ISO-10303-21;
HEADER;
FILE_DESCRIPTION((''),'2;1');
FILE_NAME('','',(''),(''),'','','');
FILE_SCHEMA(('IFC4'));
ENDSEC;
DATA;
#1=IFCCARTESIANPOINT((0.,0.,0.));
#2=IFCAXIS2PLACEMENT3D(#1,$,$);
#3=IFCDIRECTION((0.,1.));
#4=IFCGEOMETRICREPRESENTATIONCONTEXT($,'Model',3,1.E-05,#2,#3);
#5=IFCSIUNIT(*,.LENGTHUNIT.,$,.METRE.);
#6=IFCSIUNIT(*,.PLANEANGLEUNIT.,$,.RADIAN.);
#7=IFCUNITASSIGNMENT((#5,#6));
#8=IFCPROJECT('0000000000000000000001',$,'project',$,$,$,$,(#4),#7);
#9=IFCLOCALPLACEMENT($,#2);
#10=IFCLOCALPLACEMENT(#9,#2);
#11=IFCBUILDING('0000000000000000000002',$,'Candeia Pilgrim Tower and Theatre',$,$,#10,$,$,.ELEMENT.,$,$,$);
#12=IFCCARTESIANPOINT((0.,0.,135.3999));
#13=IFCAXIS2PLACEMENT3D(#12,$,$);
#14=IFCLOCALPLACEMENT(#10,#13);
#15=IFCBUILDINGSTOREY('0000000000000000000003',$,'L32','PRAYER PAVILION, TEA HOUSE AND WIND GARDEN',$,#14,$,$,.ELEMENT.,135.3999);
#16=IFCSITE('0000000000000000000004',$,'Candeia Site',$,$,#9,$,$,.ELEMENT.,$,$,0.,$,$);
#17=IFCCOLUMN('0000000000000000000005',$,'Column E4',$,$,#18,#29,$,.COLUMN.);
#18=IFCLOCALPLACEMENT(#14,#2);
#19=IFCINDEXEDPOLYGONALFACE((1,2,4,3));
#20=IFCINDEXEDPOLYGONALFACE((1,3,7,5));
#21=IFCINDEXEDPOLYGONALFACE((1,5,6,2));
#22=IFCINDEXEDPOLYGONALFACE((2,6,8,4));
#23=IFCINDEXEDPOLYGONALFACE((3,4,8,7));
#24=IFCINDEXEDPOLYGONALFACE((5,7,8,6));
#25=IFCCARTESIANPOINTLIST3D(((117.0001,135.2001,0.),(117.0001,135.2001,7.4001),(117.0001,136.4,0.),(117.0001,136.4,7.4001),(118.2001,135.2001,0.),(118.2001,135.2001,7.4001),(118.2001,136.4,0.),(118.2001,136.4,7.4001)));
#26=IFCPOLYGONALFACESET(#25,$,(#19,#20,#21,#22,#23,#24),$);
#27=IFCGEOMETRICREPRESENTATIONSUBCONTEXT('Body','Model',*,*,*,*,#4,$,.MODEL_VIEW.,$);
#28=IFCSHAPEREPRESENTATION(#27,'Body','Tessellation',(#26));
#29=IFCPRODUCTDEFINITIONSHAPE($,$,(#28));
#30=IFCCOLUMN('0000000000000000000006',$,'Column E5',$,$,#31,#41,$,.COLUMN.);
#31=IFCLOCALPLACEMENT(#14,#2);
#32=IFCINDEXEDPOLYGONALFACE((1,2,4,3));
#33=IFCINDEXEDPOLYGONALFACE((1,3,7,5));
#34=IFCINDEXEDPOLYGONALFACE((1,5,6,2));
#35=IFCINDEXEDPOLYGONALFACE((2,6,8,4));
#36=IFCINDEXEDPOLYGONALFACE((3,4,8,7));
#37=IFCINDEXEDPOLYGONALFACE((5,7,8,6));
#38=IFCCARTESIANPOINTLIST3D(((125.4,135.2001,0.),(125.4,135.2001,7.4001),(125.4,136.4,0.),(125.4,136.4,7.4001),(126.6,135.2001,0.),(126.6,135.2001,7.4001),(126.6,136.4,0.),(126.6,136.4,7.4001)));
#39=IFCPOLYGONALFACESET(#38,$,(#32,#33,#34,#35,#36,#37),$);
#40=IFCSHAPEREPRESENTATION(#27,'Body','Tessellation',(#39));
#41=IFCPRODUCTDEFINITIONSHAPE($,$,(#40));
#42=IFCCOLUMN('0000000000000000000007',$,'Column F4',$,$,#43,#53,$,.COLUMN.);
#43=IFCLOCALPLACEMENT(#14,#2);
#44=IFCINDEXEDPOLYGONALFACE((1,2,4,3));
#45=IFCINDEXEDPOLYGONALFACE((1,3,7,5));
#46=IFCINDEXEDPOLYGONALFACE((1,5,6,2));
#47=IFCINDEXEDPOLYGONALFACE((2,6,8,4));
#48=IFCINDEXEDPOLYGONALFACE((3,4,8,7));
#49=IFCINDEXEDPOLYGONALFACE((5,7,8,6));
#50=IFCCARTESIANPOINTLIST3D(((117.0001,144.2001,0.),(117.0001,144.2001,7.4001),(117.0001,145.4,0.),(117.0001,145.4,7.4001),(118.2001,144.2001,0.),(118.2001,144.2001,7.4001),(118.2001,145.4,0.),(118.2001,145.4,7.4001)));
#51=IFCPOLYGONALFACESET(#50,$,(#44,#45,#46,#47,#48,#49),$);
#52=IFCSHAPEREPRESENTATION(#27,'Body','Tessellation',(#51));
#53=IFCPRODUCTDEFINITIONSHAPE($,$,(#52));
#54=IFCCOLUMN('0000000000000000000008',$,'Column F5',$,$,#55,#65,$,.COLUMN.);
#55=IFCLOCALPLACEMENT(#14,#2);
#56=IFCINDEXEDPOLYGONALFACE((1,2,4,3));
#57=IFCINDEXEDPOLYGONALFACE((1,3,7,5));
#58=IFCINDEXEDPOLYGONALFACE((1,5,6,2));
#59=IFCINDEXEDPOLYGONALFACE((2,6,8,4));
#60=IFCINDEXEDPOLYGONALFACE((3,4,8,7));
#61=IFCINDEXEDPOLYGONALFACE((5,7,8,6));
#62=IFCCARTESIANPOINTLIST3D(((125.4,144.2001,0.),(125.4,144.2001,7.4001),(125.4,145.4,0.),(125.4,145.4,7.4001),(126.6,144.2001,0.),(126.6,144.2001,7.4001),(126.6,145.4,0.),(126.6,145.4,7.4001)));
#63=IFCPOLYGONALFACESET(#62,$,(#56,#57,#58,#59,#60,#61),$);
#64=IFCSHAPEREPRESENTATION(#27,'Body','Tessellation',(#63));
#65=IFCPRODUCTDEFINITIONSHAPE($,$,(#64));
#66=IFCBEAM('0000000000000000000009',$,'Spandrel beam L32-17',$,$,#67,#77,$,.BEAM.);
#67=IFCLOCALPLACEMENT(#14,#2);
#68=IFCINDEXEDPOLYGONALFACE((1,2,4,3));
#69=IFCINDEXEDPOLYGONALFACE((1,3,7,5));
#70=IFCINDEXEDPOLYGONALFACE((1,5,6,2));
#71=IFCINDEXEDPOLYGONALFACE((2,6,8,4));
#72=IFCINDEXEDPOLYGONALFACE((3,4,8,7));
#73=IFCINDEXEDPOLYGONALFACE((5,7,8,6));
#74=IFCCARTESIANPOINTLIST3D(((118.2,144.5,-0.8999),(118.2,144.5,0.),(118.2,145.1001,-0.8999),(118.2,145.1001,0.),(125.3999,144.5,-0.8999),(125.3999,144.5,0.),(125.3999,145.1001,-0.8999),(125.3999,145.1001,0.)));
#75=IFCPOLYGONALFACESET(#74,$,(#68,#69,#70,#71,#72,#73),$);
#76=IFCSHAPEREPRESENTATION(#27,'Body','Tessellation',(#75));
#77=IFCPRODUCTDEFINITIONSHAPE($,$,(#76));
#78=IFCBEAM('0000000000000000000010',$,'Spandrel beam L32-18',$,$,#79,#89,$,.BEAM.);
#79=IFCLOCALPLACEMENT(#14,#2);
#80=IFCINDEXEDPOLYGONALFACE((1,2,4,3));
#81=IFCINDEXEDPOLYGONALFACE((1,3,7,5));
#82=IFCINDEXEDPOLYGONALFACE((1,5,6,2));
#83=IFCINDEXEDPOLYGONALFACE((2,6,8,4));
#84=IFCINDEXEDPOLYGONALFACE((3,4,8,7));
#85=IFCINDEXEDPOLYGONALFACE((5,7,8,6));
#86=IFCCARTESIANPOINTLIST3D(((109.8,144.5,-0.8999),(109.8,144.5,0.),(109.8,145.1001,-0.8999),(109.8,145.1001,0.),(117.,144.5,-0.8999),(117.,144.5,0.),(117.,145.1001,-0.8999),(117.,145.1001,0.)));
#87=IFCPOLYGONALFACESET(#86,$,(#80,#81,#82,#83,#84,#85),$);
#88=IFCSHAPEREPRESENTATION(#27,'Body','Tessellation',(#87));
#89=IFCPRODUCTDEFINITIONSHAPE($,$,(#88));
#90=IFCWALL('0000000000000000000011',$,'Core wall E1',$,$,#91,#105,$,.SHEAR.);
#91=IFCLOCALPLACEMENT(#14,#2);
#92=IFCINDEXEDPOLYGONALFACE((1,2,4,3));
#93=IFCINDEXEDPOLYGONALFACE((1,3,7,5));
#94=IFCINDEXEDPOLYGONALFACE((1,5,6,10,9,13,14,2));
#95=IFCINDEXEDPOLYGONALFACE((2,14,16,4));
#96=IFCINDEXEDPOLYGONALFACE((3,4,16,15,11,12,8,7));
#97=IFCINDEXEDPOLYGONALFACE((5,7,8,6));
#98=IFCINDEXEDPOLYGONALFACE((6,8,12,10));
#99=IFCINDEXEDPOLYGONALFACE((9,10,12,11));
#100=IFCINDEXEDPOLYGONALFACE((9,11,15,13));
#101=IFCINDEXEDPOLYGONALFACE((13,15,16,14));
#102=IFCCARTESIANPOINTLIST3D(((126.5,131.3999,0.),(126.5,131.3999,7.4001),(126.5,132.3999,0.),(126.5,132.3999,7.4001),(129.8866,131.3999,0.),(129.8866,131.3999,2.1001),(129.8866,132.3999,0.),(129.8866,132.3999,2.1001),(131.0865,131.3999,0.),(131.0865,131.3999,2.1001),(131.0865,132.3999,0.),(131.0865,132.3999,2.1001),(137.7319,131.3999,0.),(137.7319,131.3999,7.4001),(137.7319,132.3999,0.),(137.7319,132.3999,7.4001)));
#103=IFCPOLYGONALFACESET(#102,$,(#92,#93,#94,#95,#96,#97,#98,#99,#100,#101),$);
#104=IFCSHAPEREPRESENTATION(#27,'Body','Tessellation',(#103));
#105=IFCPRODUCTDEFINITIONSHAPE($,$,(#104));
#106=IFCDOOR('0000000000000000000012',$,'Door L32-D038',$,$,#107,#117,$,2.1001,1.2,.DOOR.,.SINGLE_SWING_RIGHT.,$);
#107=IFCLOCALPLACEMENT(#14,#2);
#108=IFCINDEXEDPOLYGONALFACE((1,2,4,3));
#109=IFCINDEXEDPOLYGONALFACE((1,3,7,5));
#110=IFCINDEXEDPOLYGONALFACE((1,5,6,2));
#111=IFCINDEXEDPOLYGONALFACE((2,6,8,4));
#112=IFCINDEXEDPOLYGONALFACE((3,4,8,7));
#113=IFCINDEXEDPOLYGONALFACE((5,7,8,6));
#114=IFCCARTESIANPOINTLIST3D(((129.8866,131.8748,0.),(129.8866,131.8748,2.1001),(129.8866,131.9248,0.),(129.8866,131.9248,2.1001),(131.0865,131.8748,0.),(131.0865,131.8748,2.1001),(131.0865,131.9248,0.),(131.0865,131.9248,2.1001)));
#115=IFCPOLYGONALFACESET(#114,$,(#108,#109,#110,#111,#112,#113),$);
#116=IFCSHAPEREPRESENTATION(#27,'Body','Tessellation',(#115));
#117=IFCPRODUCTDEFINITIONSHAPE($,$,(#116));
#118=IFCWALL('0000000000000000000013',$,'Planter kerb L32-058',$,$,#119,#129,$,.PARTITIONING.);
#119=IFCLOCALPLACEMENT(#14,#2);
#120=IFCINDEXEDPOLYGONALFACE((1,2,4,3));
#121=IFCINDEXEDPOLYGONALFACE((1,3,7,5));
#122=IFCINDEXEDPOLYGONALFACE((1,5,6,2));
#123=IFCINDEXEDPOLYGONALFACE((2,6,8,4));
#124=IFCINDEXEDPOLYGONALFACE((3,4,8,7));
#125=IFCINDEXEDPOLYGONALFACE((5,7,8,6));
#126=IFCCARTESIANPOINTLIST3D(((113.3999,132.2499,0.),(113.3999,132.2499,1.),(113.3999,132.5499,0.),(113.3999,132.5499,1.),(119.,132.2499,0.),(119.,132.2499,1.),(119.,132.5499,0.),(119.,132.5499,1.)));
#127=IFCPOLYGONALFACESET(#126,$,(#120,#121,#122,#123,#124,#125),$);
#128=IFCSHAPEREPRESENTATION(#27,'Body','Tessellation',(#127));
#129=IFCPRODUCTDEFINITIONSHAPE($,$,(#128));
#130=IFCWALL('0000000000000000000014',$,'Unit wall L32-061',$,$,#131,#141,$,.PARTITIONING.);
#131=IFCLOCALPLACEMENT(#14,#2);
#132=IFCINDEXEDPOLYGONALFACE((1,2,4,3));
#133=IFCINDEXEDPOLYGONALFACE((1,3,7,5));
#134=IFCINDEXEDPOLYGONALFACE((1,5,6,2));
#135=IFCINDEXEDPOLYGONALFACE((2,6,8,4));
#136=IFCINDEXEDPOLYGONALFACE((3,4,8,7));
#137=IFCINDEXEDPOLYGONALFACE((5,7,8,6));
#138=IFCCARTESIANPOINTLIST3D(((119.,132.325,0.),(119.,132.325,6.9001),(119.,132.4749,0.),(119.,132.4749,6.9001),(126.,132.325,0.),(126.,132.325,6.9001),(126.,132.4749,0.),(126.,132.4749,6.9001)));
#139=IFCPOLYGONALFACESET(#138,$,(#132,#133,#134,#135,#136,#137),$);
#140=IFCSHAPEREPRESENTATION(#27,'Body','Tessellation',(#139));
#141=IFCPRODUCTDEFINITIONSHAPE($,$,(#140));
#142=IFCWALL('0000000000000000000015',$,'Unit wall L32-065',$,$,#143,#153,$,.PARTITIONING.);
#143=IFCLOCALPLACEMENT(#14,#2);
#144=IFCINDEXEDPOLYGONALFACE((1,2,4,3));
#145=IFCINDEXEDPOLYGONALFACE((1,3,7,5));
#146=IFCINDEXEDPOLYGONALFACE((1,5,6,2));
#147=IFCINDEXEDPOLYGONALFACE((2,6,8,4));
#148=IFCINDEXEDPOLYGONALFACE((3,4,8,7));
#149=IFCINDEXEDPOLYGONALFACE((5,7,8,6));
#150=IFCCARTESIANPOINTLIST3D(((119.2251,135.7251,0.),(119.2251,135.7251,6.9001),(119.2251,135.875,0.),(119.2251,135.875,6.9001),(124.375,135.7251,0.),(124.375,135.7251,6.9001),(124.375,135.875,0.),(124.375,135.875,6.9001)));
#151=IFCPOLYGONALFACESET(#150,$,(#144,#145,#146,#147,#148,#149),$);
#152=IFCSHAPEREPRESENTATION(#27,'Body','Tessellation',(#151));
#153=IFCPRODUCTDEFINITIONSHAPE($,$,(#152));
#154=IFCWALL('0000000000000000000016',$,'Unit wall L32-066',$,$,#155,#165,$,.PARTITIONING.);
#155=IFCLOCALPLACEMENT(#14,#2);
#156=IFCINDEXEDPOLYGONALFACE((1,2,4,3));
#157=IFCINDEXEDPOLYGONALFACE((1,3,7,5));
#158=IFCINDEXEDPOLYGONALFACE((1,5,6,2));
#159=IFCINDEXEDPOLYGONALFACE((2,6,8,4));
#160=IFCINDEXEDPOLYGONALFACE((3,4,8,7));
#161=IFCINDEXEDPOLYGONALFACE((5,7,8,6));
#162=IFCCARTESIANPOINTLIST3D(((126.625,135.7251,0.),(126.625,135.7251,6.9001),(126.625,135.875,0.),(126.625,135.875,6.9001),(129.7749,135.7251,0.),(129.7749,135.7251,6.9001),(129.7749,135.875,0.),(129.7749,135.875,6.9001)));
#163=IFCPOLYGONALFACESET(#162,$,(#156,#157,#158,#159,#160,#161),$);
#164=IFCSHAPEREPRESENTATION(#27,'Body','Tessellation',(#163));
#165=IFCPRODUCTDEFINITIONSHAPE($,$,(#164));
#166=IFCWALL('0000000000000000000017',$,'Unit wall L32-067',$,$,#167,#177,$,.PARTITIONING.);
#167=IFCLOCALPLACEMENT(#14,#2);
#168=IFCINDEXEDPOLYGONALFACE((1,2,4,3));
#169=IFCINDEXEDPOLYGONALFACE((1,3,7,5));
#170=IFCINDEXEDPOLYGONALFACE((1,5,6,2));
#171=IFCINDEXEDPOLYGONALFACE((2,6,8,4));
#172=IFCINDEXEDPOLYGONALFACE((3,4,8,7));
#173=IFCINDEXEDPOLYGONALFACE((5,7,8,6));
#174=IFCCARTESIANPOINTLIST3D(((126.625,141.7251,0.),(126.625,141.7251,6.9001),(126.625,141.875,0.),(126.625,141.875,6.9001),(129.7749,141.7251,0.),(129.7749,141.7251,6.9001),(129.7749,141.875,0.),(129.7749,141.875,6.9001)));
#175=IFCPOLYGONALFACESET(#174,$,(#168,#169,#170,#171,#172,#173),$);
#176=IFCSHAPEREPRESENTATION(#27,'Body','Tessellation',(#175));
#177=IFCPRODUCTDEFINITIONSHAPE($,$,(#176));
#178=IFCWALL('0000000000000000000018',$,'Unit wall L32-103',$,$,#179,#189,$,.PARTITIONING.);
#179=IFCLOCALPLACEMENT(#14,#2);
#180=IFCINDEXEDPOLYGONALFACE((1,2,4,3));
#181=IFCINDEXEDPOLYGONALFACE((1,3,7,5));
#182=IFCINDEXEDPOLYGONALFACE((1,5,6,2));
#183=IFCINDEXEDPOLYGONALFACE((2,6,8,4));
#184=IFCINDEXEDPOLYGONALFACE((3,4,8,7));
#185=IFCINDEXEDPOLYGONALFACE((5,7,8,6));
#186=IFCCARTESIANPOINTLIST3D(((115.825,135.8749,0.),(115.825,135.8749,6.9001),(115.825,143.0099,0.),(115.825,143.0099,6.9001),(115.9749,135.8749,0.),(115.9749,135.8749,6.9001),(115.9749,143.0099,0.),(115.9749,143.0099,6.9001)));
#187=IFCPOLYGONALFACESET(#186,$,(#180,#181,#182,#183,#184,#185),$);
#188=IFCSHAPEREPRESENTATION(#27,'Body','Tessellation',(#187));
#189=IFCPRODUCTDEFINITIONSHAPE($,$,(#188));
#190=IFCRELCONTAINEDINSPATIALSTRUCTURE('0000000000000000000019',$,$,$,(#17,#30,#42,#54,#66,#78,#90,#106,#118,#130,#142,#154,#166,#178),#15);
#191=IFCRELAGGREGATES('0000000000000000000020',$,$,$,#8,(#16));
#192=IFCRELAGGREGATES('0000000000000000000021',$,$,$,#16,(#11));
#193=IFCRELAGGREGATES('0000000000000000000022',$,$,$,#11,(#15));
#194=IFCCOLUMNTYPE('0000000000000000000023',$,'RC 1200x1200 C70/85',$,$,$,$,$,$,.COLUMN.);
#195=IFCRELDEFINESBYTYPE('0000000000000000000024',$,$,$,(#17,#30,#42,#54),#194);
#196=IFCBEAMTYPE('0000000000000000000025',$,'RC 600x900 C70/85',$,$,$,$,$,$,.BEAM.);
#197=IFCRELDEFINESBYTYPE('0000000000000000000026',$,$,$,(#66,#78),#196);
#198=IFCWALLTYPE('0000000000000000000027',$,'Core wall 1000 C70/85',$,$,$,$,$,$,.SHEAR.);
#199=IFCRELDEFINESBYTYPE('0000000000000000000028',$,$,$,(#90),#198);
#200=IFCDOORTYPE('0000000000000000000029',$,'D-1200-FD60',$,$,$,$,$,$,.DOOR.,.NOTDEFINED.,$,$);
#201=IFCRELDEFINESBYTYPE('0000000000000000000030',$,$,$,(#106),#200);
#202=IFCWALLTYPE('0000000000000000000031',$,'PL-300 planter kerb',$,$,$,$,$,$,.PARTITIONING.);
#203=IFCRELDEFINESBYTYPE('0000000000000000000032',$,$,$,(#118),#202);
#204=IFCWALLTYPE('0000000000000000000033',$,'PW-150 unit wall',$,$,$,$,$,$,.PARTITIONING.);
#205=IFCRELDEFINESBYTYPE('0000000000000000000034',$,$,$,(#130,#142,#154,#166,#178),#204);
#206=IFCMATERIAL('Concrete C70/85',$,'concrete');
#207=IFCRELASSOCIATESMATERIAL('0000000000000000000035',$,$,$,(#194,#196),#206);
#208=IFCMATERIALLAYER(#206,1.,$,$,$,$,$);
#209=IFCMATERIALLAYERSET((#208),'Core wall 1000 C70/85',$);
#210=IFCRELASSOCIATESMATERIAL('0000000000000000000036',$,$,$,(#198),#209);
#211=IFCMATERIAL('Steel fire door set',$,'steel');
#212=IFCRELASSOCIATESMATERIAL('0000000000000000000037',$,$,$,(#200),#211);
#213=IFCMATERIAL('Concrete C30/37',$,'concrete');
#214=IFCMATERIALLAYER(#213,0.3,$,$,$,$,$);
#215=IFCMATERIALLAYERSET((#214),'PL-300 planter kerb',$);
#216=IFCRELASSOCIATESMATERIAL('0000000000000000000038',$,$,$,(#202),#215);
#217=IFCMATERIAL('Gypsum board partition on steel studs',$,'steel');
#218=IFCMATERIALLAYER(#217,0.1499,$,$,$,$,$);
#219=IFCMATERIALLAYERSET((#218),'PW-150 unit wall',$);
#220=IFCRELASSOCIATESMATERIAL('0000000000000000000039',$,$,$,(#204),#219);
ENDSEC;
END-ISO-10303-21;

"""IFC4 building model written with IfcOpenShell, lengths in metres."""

from ifc_helpers import new_model, si_unit, direction, frame, frame_2d, origin, origin_2d, place, context, subcontext, project, spatial, rectangle, extrude, material, layer, layer_set, material_profile, profile_set, type_object, element, fill, save


model = new_model("IFC4")

# Units and contexts
model_context = context("Model", 3, precision=1e-05, world=origin(), true_north=direction((0.0, 1.0)))
body_context = subcontext(model_context, "Body", "Model", "MODEL_VIEW")
ifc_project = project(units=[si_unit("LENGTHUNIT", "METRE"), si_unit("PLANEANGLEUNIT", "RADIAN")], contexts=[model_context])

# Site, building, storey
site_placement = place(None, origin())
site = spatial("IfcSite", under=ifc_project, at=site_placement, Name="Candeia Site", CompositionType="ELEMENT", RefElevation=0.0)
building_placement = place(site_placement, origin())
building = spatial("IfcBuilding", under=site, at=building_placement, Name="Candeia Pilgrim Tower and Theatre", CompositionType="ELEMENT")
storey_placement = place(building_placement, frame((0.0, 0.0, 135.3999)))
storey = spatial("IfcBuildingStorey", under=building, at=storey_placement, Name="L32", Description="PRAYER PAVILION, TEA HOUSE AND WIND GARDEN", CompositionType="ELEMENT", Elevation=135.3999)

# Columns
ifc_material_1 = material(Name="Concrete C70/85", Category="concrete")
ifc_material_profile_1 = material_profile(ifc_material_1, rectangle(XDim=1.2, YDim=1.2, at=origin_2d()))
ifc_profile_set_1 = profile_set([ifc_material_profile_1], Name="Concrete C70/85")
column_type = type_object("IfcColumnType", Name="RC 1200x1200 C70/85", PredefinedType="COLUMN", material=ifc_profile_set_1)
for number, where, z_axis, x_axis, name in (
    (1, (117.6001, 135.8, 0.0), (0.0, 0.0, 1.0), (1.0, 0.0, 0.0), "Column E4"),
    (2, (126.0, 135.8, 0.0), (0.0, 0.0, 1.0), (1.0, 0.0, 0.0), "Column E5"),
    (3, (117.6001, 144.8, 0.0), (0.0, 0.0, 1.0), (1.0, 0.0, 0.0), "Column F4"),
    (4, (126.0, 144.8, 0.0), (0.0, 0.0, 1.0), (1.0, 0.0, 0.0), "Column F5"),
):
    element("IfcColumn", number, at=place(storey_placement, frame(where, z_axis=z_axis, x_axis=x_axis)), inside=storey, type_object=column_type, Name=name, PredefinedType="COLUMN", context=body_context, shape_type="SweptSolid", body=[
        extrude(rectangle(XDim=1.2, YDim=1.2, at=origin_2d()), origin(), (0.0, 0.0, 1.0), 7.4001),
    ])

# Beams
ifc_material_profile_2 = material_profile(ifc_material_1, rectangle(XDim=0.6001, YDim=0.8999, at=origin_2d()))
ifc_profile_set_2 = profile_set([ifc_material_profile_2], Name="Concrete C70/85")
beam_type = type_object("IfcBeamType", Name="RC 600x900 C70/85", PredefinedType="BEAM", material=ifc_profile_set_2)
for number, where, z_axis, x_axis, name in (
    (5, (125.3999, 144.8, -0.45), (-1.0, 0.0, 0.0), (0.0, -1.0, 0.0), "Spandrel beam L32-17"),
    (6, (117.0, 144.8, -0.45), (-1.0, 0.0, 0.0), (0.0, -1.0, 0.0), "Spandrel beam L32-18"),
):
    element("IfcBeam", number, at=place(storey_placement, frame(where, z_axis=z_axis, x_axis=x_axis)), inside=storey, type_object=beam_type, Name=name, PredefinedType="BEAM", context=body_context, shape_type="SweptSolid", body=[
        extrude(rectangle(XDim=0.6001, YDim=0.8999, at=origin_2d()), origin(), (0.0, 0.0, 1.0), 7.2),
    ])

# Wall, opening, door
ifc_layer_1 = layer(ifc_material_1, 1.0)
ifc_layer_set_1 = layer_set([ifc_layer_1], Name="Core wall 1000 C70/85")
wall_type_1 = type_object("IfcWallType", Name="Core wall 1000 C70/85", PredefinedType="SHEAR", material=ifc_layer_set_1)
wall_1_placement = place(storey_placement, frame((126.5, 131.8999, 0.0), z_axis=(0.0, 0.0, 1.0), x_axis=(1.0, 0.0, 0.0)))
wall_1 = element("IfcWall", 7, at=wall_1_placement, inside=storey, type_object=wall_type_1, Name="Core wall E1", PredefinedType="SHEAR", context=body_context, shape_type="SweptSolid", body=[
    extrude(rectangle(XDim=11.2319, YDim=1.0, at=frame_2d((5.616, 0.0))), origin(), (0.0, 0.0, 1.0), 7.4001),
])
opening_1_placement = place(wall_1_placement, frame((3.3865, 0.0, 0.0)))
opening_1 = element("IfcOpeningElement", 8, at=opening_1_placement, cuts=wall_1, PredefinedType="OPENING", context=body_context, shape_type="SweptSolid", body=[
    extrude(rectangle(XDim=1.2, YDim=2.1001, at=frame_2d((0.6001, 1.05))), frame((0.0, 0.51, 0.0), z_axis=(0.0, -1.0, 0.0), x_axis=(1.0, 0.0, 0.0)), (0.0, 0.0, 1.0), 1.02),
])
ifc_material_2 = material(Name="Steel fire door set", Category="steel")
door_type_1 = type_object("IfcDoorType", Name="D-1200-FD60", OperationType="NOTDEFINED", PredefinedType="DOOR", material=ifc_material_2)
door_1_placement = place(opening_1_placement, origin())
door_1 = element("IfcDoor", 9, at=door_1_placement, inside=storey, type_object=door_type_1, Name="Door L32-D038", OperationType="SINGLE_SWING_RIGHT", OverallHeight=2.1001, OverallWidth=1.2, PredefinedType="DOOR", context=body_context, shape_type="SweptSolid", body=[
    extrude(rectangle(XDim=1.2, YDim=2.1001, at=frame_2d((0.6001, 1.05))), frame((0.0, 0.0249, 0.0), z_axis=(0.0, -1.0, 0.0), x_axis=(1.0, 0.0, 0.0)), (0.0, 0.0, 1.0), 0.05),
])
fill(opening_1, door_1)

# Walls
ifc_material_3 = material(Name="Concrete C30/37", Category="concrete")
ifc_layer_2 = layer(ifc_material_3, 0.3)
ifc_layer_set_2 = layer_set([ifc_layer_2], Name="PL-300 planter kerb")
wall_type_2 = type_object("IfcWallType", Name="PL-300 planter kerb", PredefinedType="PARTITIONING", material=ifc_layer_set_2)
wall_2_placement = place(storey_placement, frame((113.3999, 132.3999, 0.0), z_axis=(0.0, 0.0, 1.0), x_axis=(1.0, 0.0, 0.0)))
element("IfcWall", 10, at=wall_2_placement, inside=storey, type_object=wall_type_2, Name="Planter kerb L32-058", PredefinedType="PARTITIONING", context=body_context, shape_type="SweptSolid", body=[
    extrude(rectangle(XDim=5.6001, YDim=0.3, at=frame_2d((2.8, 0.0))), origin(), (0.0, 0.0, 1.0), 1.0),
])
ifc_material_4 = material(Name="Gypsum board partition on steel studs", Category="steel")
ifc_layer_3 = layer(ifc_material_4, 0.1499)
ifc_layer_set_3 = layer_set([ifc_layer_3], Name="PW-150 unit wall")
wall_type_3 = type_object("IfcWallType", Name="PW-150 unit wall", PredefinedType="PARTITIONING", material=ifc_layer_set_3)
wall_3_placement = place(storey_placement, frame((119.0, 132.3999, 0.0), z_axis=(0.0, 0.0, 1.0), x_axis=(1.0, 0.0, 0.0)))
element("IfcWall", 11, at=wall_3_placement, inside=storey, type_object=wall_type_3, Name="Unit wall L32-061", PredefinedType="PARTITIONING", context=body_context, shape_type="SweptSolid", body=[
    extrude(rectangle(XDim=7.0, YDim=0.1499, at=frame_2d((3.5, 0.0))), origin(), (0.0, 0.0, 1.0), 6.9001),
])
wall_4_placement = place(storey_placement, frame((119.2251, 135.8, 0.0), z_axis=(0.0, 0.0, 1.0), x_axis=(1.0, 0.0, 0.0)))
element("IfcWall", 12, at=wall_4_placement, inside=storey, type_object=wall_type_3, Name="Unit wall L32-065", PredefinedType="PARTITIONING", context=body_context, shape_type="SweptSolid", body=[
    extrude(rectangle(XDim=5.1499, YDim=0.1499, at=frame_2d((2.575, 0.0))), origin(), (0.0, 0.0, 1.0), 6.9001),
])
for number, where, z_axis, x_axis, name in (
    (13, (126.625, 135.8, 0.0), (0.0, 0.0, 1.0), (1.0, 0.0, 0.0), "Unit wall L32-066"),
    (14, (126.625, 141.8, 0.0), (0.0, 0.0, 1.0), (1.0, 0.0, 0.0), "Unit wall L32-067"),
):
    element("IfcWall", number, at=place(storey_placement, frame(where, z_axis=z_axis, x_axis=x_axis)), inside=storey, type_object=wall_type_3, Name=name, PredefinedType="PARTITIONING", context=body_context, shape_type="SweptSolid", body=[
        extrude(rectangle(XDim=3.1499, YDim=0.1499, at=frame_2d((1.575, 0.0))), origin(), (0.0, 0.0, 1.0), 6.9001),
    ])
wall_5_placement = place(storey_placement, frame((115.8999, 135.875, 0.0), z_axis=(0.0, 0.0, 1.0), x_axis=(0.0, 1.0, 0.0)))
element("IfcWall", 15, at=wall_5_placement, inside=storey, type_object=wall_type_3, Name="Unit wall L32-103", PredefinedType="PARTITIONING", context=body_context, shape_type="SweptSolid", body=[
    extrude(rectangle(XDim=7.135, YDim=0.1499, at=frame_2d((3.5674, 0.0))), origin(), (0.0, 0.0, 1.0), 6.9001),
])

save(model, "model.ifc")
